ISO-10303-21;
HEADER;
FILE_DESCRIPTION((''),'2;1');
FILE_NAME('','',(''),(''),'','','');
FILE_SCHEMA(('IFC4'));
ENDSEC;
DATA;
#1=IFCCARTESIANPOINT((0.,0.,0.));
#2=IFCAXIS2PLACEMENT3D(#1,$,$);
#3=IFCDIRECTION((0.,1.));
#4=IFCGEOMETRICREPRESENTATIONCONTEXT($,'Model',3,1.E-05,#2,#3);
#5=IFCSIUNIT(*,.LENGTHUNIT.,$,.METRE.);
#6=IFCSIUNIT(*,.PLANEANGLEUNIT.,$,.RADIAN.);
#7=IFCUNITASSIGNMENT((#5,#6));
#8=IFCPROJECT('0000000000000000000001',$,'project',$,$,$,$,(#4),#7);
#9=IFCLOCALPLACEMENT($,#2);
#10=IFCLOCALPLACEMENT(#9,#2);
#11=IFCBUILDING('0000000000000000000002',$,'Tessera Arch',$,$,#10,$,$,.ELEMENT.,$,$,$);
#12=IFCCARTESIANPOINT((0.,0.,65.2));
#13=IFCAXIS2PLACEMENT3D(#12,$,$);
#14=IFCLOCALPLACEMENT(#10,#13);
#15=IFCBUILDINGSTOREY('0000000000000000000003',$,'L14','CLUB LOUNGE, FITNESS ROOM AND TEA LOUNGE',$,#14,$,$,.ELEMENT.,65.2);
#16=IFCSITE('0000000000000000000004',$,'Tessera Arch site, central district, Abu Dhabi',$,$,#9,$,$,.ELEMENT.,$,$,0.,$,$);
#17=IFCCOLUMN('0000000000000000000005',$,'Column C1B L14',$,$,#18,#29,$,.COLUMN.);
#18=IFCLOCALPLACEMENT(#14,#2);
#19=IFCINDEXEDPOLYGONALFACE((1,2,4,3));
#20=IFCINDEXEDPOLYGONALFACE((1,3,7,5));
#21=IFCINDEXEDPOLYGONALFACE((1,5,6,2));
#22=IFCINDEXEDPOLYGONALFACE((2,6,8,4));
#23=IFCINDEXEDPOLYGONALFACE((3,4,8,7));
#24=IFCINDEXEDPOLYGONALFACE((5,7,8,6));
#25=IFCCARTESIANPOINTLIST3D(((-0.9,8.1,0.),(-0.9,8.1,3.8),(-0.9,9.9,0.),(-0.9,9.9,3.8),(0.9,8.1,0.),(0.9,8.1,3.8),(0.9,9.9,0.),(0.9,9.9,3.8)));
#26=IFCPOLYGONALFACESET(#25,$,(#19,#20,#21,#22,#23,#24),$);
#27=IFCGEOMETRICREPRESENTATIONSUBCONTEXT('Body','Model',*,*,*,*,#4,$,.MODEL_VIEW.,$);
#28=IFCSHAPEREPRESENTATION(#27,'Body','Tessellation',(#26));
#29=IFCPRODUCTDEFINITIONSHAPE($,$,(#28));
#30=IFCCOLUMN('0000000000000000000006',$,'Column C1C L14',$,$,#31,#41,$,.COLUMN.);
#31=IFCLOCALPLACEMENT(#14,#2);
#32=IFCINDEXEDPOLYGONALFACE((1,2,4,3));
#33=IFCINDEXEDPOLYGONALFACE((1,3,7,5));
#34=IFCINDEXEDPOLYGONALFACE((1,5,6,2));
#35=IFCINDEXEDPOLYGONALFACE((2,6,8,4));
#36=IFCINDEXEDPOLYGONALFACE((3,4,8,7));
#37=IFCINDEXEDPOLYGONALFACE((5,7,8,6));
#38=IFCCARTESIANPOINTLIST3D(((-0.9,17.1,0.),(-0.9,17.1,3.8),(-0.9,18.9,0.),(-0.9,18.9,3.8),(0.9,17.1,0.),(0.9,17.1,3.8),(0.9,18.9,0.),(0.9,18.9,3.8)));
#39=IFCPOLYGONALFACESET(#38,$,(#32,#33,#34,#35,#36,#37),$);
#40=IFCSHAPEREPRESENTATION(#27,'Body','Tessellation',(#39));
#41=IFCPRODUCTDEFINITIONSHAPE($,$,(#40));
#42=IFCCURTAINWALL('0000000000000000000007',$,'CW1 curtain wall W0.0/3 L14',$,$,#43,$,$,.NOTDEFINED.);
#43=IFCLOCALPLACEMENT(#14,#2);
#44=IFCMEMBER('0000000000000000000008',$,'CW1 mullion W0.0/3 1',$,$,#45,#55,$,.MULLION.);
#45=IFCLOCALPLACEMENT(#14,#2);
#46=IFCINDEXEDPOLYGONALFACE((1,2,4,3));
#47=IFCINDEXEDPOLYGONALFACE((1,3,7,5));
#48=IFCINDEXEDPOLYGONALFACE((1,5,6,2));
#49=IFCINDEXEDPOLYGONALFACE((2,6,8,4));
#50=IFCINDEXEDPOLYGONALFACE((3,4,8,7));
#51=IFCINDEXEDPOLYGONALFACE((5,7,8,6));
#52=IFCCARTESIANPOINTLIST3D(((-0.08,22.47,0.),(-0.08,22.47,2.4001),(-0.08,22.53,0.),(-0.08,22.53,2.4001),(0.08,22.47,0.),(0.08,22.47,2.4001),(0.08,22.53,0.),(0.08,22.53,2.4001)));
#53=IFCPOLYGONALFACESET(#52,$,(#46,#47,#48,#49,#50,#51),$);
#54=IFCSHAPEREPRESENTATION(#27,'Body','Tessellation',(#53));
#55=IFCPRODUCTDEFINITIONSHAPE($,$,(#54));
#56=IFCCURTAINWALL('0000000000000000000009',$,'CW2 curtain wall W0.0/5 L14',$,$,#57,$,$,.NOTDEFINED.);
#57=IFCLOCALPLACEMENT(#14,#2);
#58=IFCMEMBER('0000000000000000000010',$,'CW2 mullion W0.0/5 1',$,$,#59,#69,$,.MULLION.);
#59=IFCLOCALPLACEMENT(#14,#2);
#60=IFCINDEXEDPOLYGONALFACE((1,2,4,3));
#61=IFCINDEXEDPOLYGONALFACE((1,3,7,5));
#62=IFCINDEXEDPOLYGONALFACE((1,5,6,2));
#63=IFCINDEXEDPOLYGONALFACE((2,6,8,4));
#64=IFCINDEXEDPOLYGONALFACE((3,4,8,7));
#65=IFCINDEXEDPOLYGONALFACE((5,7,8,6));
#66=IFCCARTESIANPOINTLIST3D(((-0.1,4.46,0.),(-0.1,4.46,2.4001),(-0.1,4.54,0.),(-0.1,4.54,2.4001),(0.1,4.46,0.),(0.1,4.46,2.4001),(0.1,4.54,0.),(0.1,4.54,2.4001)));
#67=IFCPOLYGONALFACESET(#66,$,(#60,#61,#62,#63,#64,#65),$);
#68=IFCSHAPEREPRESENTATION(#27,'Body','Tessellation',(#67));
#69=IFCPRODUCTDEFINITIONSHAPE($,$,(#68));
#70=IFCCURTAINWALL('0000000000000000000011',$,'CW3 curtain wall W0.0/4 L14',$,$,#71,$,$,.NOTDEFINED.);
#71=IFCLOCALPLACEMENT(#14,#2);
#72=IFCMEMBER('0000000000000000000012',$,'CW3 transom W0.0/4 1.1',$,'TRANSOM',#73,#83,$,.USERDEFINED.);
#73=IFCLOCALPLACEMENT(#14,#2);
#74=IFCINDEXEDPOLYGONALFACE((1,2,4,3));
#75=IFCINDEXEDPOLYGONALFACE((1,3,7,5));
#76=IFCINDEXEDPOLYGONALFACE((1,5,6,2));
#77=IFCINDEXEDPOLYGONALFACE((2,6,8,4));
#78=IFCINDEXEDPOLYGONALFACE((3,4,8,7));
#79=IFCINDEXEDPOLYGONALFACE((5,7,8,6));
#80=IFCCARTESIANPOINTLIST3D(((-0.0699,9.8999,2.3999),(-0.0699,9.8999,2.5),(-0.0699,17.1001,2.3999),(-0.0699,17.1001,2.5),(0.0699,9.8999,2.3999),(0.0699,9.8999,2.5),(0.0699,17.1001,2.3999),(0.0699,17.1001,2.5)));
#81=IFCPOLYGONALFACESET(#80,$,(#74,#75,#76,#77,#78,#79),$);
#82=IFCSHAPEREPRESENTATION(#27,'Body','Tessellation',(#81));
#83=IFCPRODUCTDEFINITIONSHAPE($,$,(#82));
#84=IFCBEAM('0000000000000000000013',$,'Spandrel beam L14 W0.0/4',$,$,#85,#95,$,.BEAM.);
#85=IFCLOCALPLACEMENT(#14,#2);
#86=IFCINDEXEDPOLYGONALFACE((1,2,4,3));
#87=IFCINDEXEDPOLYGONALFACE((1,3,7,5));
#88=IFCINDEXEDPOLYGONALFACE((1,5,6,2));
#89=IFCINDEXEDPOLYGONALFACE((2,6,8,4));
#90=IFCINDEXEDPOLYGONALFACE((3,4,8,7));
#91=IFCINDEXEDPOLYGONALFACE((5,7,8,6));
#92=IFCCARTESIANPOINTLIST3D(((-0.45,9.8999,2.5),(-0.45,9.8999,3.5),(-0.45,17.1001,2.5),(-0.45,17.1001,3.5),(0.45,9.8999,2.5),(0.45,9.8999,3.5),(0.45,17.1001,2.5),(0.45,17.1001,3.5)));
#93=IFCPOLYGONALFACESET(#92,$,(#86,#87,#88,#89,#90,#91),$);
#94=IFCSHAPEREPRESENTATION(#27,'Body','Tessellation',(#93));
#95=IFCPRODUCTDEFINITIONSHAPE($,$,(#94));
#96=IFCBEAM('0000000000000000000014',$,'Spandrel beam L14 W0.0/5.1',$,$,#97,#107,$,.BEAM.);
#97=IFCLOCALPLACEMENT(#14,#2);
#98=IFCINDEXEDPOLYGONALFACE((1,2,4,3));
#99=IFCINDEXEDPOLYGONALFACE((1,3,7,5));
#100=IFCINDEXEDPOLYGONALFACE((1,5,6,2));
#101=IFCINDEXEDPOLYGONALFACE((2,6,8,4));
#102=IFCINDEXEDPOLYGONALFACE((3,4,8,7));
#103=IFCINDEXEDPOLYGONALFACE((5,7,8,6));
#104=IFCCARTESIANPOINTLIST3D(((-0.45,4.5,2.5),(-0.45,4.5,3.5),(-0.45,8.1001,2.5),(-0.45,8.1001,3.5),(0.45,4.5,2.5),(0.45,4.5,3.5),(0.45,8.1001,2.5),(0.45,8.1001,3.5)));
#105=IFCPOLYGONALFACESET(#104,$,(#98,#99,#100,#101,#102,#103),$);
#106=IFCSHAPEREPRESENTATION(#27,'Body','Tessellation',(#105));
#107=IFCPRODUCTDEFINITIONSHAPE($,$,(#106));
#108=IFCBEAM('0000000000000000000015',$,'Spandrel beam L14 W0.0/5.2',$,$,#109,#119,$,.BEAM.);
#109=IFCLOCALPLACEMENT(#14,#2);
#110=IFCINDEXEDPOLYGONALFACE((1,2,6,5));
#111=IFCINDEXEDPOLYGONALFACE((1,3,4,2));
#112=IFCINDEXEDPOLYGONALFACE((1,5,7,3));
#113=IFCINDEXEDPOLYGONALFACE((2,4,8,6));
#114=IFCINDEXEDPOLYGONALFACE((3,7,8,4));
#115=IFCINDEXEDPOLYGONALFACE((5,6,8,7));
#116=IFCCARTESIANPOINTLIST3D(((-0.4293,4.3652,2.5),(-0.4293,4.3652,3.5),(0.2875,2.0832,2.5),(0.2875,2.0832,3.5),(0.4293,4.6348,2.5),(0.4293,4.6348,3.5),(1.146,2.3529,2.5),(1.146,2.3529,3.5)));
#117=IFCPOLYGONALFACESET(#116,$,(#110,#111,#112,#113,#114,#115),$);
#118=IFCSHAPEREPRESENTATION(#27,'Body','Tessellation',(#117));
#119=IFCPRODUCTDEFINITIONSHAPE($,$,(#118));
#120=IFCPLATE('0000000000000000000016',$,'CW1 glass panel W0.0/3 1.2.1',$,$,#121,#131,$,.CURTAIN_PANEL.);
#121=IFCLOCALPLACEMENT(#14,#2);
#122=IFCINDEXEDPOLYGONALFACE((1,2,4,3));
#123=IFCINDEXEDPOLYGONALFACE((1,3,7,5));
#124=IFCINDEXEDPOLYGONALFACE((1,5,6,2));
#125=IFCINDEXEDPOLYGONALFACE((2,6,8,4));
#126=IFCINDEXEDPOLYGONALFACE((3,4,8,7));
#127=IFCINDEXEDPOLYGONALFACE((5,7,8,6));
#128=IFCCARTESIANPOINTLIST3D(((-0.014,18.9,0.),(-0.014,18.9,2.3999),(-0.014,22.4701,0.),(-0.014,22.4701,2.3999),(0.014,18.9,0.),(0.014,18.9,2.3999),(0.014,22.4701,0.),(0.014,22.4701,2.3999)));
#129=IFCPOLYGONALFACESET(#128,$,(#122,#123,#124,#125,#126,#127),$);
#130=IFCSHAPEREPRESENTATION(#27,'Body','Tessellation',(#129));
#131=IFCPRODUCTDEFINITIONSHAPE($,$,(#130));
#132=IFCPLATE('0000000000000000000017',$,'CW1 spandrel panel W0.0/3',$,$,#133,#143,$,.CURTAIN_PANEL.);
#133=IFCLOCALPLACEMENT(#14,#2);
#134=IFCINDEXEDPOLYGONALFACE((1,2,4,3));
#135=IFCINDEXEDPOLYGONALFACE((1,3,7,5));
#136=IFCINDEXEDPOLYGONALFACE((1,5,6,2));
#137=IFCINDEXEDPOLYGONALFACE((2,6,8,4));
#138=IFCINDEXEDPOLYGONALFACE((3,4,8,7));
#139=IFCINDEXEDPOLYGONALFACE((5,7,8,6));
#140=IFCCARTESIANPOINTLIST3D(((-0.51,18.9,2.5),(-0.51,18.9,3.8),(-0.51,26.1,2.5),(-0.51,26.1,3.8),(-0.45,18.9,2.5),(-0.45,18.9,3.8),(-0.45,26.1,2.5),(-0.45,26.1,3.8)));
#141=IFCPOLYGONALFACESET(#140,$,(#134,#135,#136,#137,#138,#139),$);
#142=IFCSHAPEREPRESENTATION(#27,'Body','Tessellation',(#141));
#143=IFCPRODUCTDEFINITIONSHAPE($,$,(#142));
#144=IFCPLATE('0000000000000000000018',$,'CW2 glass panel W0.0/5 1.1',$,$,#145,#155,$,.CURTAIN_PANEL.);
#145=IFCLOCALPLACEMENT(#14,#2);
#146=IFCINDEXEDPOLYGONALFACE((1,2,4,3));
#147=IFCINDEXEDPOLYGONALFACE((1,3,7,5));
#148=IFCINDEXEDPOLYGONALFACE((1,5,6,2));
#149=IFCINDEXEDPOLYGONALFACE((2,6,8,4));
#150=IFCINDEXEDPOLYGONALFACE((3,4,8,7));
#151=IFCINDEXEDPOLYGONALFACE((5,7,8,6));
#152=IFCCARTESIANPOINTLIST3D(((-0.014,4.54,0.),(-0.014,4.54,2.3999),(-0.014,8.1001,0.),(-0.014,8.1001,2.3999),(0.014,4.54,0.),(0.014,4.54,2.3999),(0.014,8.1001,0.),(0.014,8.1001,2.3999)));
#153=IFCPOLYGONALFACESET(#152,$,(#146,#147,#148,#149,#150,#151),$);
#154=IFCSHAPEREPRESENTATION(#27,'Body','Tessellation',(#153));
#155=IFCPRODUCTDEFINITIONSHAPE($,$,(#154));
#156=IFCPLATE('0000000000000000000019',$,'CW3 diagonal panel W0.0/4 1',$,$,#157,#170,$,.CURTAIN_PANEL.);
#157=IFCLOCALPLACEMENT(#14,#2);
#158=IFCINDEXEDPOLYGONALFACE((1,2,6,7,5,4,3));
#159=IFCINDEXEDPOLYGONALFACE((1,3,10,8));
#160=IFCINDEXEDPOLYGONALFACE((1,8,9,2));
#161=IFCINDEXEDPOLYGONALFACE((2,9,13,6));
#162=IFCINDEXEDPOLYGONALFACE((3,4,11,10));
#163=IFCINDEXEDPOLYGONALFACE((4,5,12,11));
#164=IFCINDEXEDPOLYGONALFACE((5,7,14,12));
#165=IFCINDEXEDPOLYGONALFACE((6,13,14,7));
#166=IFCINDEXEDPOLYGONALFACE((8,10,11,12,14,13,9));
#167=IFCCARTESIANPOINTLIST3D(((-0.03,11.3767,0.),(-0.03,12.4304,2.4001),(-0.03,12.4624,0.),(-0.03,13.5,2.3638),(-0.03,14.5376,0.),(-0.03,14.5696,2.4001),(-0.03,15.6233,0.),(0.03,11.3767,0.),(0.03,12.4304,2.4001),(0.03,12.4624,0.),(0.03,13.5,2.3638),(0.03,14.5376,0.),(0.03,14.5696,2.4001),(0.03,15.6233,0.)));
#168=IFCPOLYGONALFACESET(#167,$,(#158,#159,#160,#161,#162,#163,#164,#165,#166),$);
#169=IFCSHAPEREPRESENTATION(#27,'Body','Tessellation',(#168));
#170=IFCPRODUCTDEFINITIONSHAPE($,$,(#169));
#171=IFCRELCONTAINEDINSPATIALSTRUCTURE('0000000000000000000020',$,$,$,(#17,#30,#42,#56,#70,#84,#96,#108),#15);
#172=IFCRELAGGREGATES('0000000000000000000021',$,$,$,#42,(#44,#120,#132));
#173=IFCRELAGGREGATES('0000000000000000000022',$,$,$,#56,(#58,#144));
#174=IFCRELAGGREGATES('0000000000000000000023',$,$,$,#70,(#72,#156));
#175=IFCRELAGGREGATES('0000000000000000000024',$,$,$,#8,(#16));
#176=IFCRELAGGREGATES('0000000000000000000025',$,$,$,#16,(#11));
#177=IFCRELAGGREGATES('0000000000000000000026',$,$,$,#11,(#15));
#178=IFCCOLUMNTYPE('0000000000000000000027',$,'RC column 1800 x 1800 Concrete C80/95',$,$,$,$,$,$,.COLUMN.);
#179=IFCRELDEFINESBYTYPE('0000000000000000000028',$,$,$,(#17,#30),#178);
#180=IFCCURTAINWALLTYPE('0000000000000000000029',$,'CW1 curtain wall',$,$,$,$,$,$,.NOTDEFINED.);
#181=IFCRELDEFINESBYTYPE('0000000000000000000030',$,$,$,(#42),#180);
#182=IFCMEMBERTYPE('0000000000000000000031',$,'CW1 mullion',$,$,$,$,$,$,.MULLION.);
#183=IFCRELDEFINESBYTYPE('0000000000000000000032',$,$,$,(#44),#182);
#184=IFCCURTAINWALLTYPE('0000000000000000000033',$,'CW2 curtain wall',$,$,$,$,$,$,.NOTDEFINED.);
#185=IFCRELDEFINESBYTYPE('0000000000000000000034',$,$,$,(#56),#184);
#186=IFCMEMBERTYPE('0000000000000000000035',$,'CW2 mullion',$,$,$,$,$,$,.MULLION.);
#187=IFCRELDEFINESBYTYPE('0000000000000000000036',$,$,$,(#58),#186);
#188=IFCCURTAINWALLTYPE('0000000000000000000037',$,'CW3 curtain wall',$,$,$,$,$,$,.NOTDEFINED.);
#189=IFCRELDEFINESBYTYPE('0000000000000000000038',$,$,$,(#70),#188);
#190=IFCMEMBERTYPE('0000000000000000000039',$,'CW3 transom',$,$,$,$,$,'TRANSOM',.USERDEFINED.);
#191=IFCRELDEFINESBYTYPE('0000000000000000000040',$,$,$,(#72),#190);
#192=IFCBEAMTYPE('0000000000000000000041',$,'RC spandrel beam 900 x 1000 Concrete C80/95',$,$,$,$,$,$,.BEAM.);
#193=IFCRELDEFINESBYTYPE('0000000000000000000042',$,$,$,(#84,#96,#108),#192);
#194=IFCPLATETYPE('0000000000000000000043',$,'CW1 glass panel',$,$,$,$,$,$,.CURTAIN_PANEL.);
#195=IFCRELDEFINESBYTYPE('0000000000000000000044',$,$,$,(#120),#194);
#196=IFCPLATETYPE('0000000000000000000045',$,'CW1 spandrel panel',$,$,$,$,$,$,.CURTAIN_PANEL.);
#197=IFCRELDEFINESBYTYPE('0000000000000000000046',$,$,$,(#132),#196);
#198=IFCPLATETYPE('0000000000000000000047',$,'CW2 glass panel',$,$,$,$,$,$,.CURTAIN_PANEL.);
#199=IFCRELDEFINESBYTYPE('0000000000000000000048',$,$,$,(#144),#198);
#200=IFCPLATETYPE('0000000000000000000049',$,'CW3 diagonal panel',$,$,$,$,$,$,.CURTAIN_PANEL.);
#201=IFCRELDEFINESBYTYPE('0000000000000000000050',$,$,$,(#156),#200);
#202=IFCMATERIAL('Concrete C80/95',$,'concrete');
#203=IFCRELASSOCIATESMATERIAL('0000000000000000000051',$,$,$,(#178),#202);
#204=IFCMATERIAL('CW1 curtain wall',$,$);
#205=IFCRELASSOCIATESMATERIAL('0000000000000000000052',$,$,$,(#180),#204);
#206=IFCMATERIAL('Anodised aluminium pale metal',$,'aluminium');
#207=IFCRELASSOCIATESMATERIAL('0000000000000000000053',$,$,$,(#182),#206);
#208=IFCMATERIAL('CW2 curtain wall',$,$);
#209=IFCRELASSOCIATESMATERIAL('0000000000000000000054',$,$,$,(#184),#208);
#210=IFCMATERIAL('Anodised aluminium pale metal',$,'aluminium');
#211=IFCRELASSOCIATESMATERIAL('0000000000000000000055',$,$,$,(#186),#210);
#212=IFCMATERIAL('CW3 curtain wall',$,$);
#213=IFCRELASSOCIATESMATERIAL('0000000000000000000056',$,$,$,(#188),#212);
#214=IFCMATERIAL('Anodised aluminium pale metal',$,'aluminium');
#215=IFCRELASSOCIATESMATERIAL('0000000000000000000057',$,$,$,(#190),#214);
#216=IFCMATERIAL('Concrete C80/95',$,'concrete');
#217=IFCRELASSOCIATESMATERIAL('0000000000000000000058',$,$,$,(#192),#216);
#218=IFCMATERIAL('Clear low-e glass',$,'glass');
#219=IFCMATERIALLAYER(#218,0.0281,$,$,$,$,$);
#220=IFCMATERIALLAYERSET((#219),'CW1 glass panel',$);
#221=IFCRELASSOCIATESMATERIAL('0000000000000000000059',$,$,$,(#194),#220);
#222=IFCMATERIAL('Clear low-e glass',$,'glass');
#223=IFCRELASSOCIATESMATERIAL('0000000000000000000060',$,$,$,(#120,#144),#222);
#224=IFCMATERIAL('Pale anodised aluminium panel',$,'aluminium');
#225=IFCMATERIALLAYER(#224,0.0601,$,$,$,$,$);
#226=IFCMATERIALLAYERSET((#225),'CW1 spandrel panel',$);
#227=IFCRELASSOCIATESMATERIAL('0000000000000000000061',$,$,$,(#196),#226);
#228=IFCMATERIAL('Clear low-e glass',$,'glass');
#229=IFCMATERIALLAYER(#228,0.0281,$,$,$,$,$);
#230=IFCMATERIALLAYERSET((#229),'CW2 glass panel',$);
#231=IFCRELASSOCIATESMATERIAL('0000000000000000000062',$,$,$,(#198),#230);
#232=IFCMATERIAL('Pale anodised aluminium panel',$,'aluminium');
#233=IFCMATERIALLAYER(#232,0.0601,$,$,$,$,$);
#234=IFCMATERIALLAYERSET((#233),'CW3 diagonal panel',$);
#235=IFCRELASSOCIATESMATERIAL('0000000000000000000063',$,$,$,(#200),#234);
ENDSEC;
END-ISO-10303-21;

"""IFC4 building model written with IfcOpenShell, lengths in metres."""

from ifc_helpers import new_model, si_unit, direction, frame, origin, origin_2d, place, context, subcontext, project, spatial, polyline, rectangle, outline, extrude, material, layer, layer_set, material_profile, profile_set, type_object, element, aggregate, save


model = new_model("IFC4")

# Units and contexts
model_context = context("Model", 3, precision=1e-05, world=origin(), true_north=direction((0.0, 1.0)))
body_context = subcontext(model_context, "Body", "Model", "MODEL_VIEW")
ifc_project = project(units=[si_unit("LENGTHUNIT", "METRE"), si_unit("PLANEANGLEUNIT", "RADIAN")], contexts=[model_context])

# Site, building, storey
site_placement = place(None, origin())
site = spatial("IfcSite", under=ifc_project, at=site_placement, Name="Tessera Arch site, central district, Abu Dhabi", CompositionType="ELEMENT", RefElevation=0.0)
building_placement = place(site_placement, origin())
building = spatial("IfcBuilding", under=site, at=building_placement, Name="Tessera Arch", CompositionType="ELEMENT")
storey_placement = place(building_placement, frame((0.0, 0.0, 65.2)))
storey = spatial("IfcBuildingStorey", under=building, at=storey_placement, Name="L14", Description="CLUB LOUNGE, FITNESS ROOM AND TEA LOUNGE", CompositionType="ELEMENT", Elevation=65.2)

# Columns
ifc_material_1 = material(Name="Concrete C80/95", Category="concrete")
ifc_material_profile_1 = material_profile(ifc_material_1, rectangle(XDim=1.8, YDim=1.8, at=origin_2d()), Name="RC column 1800 x 1800 Concrete C80/95")
ifc_profile_set_1 = profile_set([ifc_material_profile_1], Name="Concrete C80/95")
column_type = type_object("IfcColumnType", Name="RC column 1800 x 1800 Concrete C80/95", PredefinedType="COLUMN", material=ifc_profile_set_1)
for number, where, z_axis, x_axis, name in (
    (1, (0.0, 9.0, 0.0), (0.0, 0.0, 1.0), (1.0, 0.0, 0.0), "Column C1B L14"),
    (2, (0.0, 18.0, 0.0), (0.0, 0.0, 1.0), (1.0, 0.0, 0.0), "Column C1C L14"),
):
    element("IfcColumn", number, at=place(storey_placement, frame(where, z_axis=z_axis, x_axis=x_axis)), inside=storey, type_object=column_type, Name=name, PredefinedType="COLUMN", context=body_context, shape_type="SweptSolid", body=[
        extrude(rectangle(XDim=1.8, YDim=1.8, at=origin_2d()), origin(), (0.0, 0.0, 1.0), 3.8),
    ])

# Curtain walls, members
ifc_material_2 = material(Name="CW1 curtain wall")
curtain_wall_type_1 = type_object("IfcCurtainWallType", Name="CW1 curtain wall", PredefinedType="NOTDEFINED", material=ifc_material_2)
curtain_wall_1_placement = place(storey_placement, origin())
curtain_wall_1 = element("IfcCurtainWall", 3, at=curtain_wall_1_placement, inside=storey, type_object=curtain_wall_type_1, Name="CW1 curtain wall W0.0/3 L14", PredefinedType="NOTDEFINED")
ifc_material_3 = material(Name="Anodised aluminium pale metal", Category="aluminium")
ifc_material_profile_2 = material_profile(ifc_material_3, rectangle(XDim=0.1599, YDim=0.0601, at=origin_2d()), Name="AL 60x160")
ifc_profile_set_2 = profile_set([ifc_material_profile_2], Name="Anodised aluminium pale metal")
member_type_1 = type_object("IfcMemberType", Name="CW1 mullion", PredefinedType="MULLION", material=ifc_profile_set_2)
member_1_placement = place(storey_placement, frame((0.0, 22.5, 0.0), z_axis=(0.0, 0.0, 1.0), x_axis=(1.0, 0.0, 0.0)))
member_1 = element("IfcMember", 4, at=member_1_placement, type_object=member_type_1, Name="CW1 mullion W0.0/3 1", PredefinedType="MULLION", context=body_context, shape_type="SweptSolid", body=[
    extrude(rectangle(XDim=0.1599, YDim=0.0601, at=origin_2d()), origin(), (0.0, 0.0, 1.0), 2.4001),
])
ifc_material_4 = material(Name="CW2 curtain wall")
curtain_wall_type_2 = type_object("IfcCurtainWallType", Name="CW2 curtain wall", PredefinedType="NOTDEFINED", material=ifc_material_4)
curtain_wall_2_placement = place(storey_placement, origin())
curtain_wall_2 = element("IfcCurtainWall", 5, at=curtain_wall_2_placement, inside=storey, type_object=curtain_wall_type_2, Name="CW2 curtain wall W0.0/5 L14", PredefinedType="NOTDEFINED")
ifc_material_5 = material(Name="Anodised aluminium pale metal", Category="aluminium")
ifc_material_profile_3 = material_profile(ifc_material_5, rectangle(XDim=0.2, YDim=0.0801, at=origin_2d()), Name="AL 80x200")
ifc_profile_set_3 = profile_set([ifc_material_profile_3], Name="Anodised aluminium pale metal")
member_type_2 = type_object("IfcMemberType", Name="CW2 mullion", PredefinedType="MULLION", material=ifc_profile_set_3)
member_2_placement = place(storey_placement, frame((0.0, 4.5, 0.0), z_axis=(0.0, 0.0, 1.0), x_axis=(1.0, 0.0, 0.0)))
member_2 = element("IfcMember", 6, at=member_2_placement, type_object=member_type_2, Name="CW2 mullion W0.0/5 1", PredefinedType="MULLION", context=body_context, shape_type="SweptSolid", body=[
    extrude(rectangle(XDim=0.2, YDim=0.0801, at=origin_2d()), origin(), (0.0, 0.0, 1.0), 2.4001),
])
ifc_material_6 = material(Name="CW3 curtain wall")
curtain_wall_type_3 = type_object("IfcCurtainWallType", Name="CW3 curtain wall", PredefinedType="NOTDEFINED", material=ifc_material_6)
curtain_wall_3_placement = place(storey_placement, origin())
curtain_wall_3 = element("IfcCurtainWall", 7, at=curtain_wall_3_placement, inside=storey, type_object=curtain_wall_type_3, Name="CW3 curtain wall W0.0/4 L14", PredefinedType="NOTDEFINED")
ifc_material_7 = material(Name="Anodised aluminium pale metal", Category="aluminium")
ifc_material_profile_4 = material_profile(ifc_material_7, rectangle(XDim=0.1399, YDim=0.1001, at=origin_2d()), Name="AL 140x100")
ifc_profile_set_4 = profile_set([ifc_material_profile_4], Name="Anodised aluminium pale metal")
member_type_3 = type_object("IfcMemberType", Name="CW3 transom", ElementType="TRANSOM", PredefinedType="USERDEFINED", material=ifc_profile_set_4)
member_3_placement = place(storey_placement, frame((0.0, 17.1001, 2.45), z_axis=(0.0, -1.0, 0.0), x_axis=(1.0, 0.0, 0.0)))
member_3 = element("IfcMember", 8, at=member_3_placement, type_object=member_type_3, Name="CW3 transom W0.0/4 1.1", ObjectType="TRANSOM", PredefinedType="USERDEFINED", context=body_context, shape_type="SweptSolid", body=[
    extrude(rectangle(XDim=0.1399, YDim=0.1001, at=origin_2d()), origin(), (0.0, 0.0, 1.0), 7.2002),
])

# Beams
ifc_material_8 = material(Name="Concrete C80/95", Category="concrete")
ifc_material_profile_5 = material_profile(ifc_material_8, rectangle(XDim=0.8999, YDim=1.0, at=origin_2d()), Name="RC spandrel beam 900 x 1000 Concrete C80/95")
ifc_profile_set_5 = profile_set([ifc_material_profile_5], Name="Concrete C80/95")
beam_type = type_object("IfcBeamType", Name="RC spandrel beam 900 x 1000 Concrete C80/95", PredefinedType="BEAM", material=ifc_profile_set_5)
beam_1_placement = place(storey_placement, frame((0.0, 17.1001, 3.0), z_axis=(0.0, -1.0, 0.0), x_axis=(1.0, 0.0, 0.0)))
element("IfcBeam", 9, at=beam_1_placement, inside=storey, type_object=beam_type, Name="Spandrel beam L14 W0.0/4", PredefinedType="BEAM", context=body_context, shape_type="SweptSolid", body=[
    extrude(rectangle(XDim=0.8999, YDim=1.0, at=origin_2d()), origin(), (0.0, 0.0, 1.0), 7.2002),
])
beam_2_placement = place(storey_placement, frame((0.0, 8.1001, 3.0), z_axis=(0.0, -1.0, 0.0), x_axis=(1.0, 0.0, 0.0)))
element("IfcBeam", 10, at=beam_2_placement, inside=storey, type_object=beam_type, Name="Spandrel beam L14 W0.0/5.1", PredefinedType="BEAM", context=body_context, shape_type="SweptSolid", body=[
    extrude(rectangle(XDim=0.8999, YDim=1.0, at=origin_2d()), origin(), (0.0, 0.0, 1.0), 3.6001),
])
beam_3_placement = place(storey_placement, frame((0.0, 4.5, 3.0), z_axis=(0.299675, -0.954041, 0.0), x_axis=(0.954041, 0.299675, 0.0)))
element("IfcBeam", 11, at=beam_3_placement, inside=storey, type_object=beam_type, Name="Spandrel beam L14 W0.0/5.2", PredefinedType="BEAM", context=body_context, shape_type="SweptSolid", body=[
    extrude(rectangle(XDim=0.8999, YDim=1.0, at=origin_2d()), origin(), (0.0, 0.0, 1.0), 2.3918),
])

# Plates
ifc_material_9 = material(Name="Clear low-e glass", Category="glass")
ifc_material_10 = material(Name="Clear low-e glass", Category="glass")
ifc_layer_1 = layer(ifc_material_10, 0.0281)
ifc_layer_set_1 = layer_set([ifc_layer_1], Name="CW1 glass panel")
plate_type_1 = type_object("IfcPlateType", Name="CW1 glass panel", PredefinedType="CURTAIN_PANEL", material=ifc_layer_set_1)
plate_1_placement = place(storey_placement, frame((0.0, 20.6851, 0.0), z_axis=(0.0, 0.0, 1.0), x_axis=(0.0, -1.0, 0.0)))
plate_1 = element("IfcPlate", 12, at=plate_1_placement, type_object=plate_type_1, material=ifc_material_9, Name="CW1 glass panel W0.0/3 1.2.1", PredefinedType="CURTAIN_PANEL", context=body_context, shape_type="SweptSolid", body=[
    extrude(rectangle(XDim=3.5701, YDim=0.0281, at=origin_2d()), origin(), (0.0, 0.0, 1.0), 2.3999),
])
ifc_material_11 = material(Name="Pale anodised aluminium panel", Category="aluminium")
ifc_layer_2 = layer(ifc_material_11, 0.0601)
ifc_layer_set_2 = layer_set([ifc_layer_2], Name="CW1 spandrel panel")
plate_type_2 = type_object("IfcPlateType", Name="CW1 spandrel panel", PredefinedType="CURTAIN_PANEL", material=ifc_layer_set_2)
plate_2_placement = place(storey_placement, frame((-0.48, 22.5, 2.5), z_axis=(0.0, 0.0, 1.0), x_axis=(0.0, -1.0, 0.0)))
plate_2 = element("IfcPlate", 13, at=plate_2_placement, type_object=plate_type_2, Name="CW1 spandrel panel W0.0/3", PredefinedType="CURTAIN_PANEL", context=body_context, shape_type="SweptSolid", body=[
    extrude(rectangle(XDim=7.2, YDim=0.0601, at=origin_2d()), origin(), (0.0, 0.0, 1.0), 1.3),
])
aggregate(curtain_wall_1, [member_1, plate_1, plate_2])
ifc_material_12 = material(Name="Clear low-e glass", Category="glass")
ifc_layer_3 = layer(ifc_material_12, 0.0281)
ifc_layer_set_3 = layer_set([ifc_layer_3], Name="CW2 glass panel")
plate_type_3 = type_object("IfcPlateType", Name="CW2 glass panel", PredefinedType="CURTAIN_PANEL", material=ifc_layer_set_3)
plate_3_placement = place(storey_placement, frame((0.0, 6.3201, 0.0), z_axis=(0.0, 0.0, 1.0), x_axis=(0.0, -1.0, 0.0)))
plate_3 = element("IfcPlate", 14, at=plate_3_placement, type_object=plate_type_3, material=ifc_material_9, Name="CW2 glass panel W0.0/5 1.1", PredefinedType="CURTAIN_PANEL", context=body_context, shape_type="SweptSolid", body=[
    extrude(rectangle(XDim=3.5601, YDim=0.0281, at=origin_2d()), origin(), (0.0, 0.0, 1.0), 2.3999),
])
aggregate(curtain_wall_2, [member_2, plate_3])
ifc_material_13 = material(Name="Pale anodised aluminium panel", Category="aluminium")
ifc_layer_4 = layer(ifc_material_13, 0.0601)
ifc_layer_set_4 = layer_set([ifc_layer_4], Name="CW3 diagonal panel")
plate_type_4 = type_object("IfcPlateType", Name="CW3 diagonal panel", PredefinedType="CURTAIN_PANEL", material=ifc_layer_set_4)
plate_4_placement = place(storey_placement, frame((-0.03, 12.4304, 2.4001), z_axis=(-1.0, 0.0, 0.0), x_axis=(0.0, 1.0, 0.0)))
plate_4 = element("IfcPlate", 15, at=plate_4_placement, type_object=plate_type_4, Name="CW3 diagonal panel W0.0/4 1", PredefinedType="CURTAIN_PANEL", context=body_context, shape_type="SweptSolid", body=[
    extrude(outline(polyline([(0.0, 0.0), (2.1392, 0.0), (3.1929, 2.4001), (2.1072, 2.4001), (1.0696, 0.0364), (0.032, 2.4001), (-1.0537, 2.4001), (0.0, 0.0)])), origin(), (0.0, 0.0, -1.0), 0.0601),
])
aggregate(curtain_wall_3, [member_3, plate_4])

save(model, "model.ifc")
